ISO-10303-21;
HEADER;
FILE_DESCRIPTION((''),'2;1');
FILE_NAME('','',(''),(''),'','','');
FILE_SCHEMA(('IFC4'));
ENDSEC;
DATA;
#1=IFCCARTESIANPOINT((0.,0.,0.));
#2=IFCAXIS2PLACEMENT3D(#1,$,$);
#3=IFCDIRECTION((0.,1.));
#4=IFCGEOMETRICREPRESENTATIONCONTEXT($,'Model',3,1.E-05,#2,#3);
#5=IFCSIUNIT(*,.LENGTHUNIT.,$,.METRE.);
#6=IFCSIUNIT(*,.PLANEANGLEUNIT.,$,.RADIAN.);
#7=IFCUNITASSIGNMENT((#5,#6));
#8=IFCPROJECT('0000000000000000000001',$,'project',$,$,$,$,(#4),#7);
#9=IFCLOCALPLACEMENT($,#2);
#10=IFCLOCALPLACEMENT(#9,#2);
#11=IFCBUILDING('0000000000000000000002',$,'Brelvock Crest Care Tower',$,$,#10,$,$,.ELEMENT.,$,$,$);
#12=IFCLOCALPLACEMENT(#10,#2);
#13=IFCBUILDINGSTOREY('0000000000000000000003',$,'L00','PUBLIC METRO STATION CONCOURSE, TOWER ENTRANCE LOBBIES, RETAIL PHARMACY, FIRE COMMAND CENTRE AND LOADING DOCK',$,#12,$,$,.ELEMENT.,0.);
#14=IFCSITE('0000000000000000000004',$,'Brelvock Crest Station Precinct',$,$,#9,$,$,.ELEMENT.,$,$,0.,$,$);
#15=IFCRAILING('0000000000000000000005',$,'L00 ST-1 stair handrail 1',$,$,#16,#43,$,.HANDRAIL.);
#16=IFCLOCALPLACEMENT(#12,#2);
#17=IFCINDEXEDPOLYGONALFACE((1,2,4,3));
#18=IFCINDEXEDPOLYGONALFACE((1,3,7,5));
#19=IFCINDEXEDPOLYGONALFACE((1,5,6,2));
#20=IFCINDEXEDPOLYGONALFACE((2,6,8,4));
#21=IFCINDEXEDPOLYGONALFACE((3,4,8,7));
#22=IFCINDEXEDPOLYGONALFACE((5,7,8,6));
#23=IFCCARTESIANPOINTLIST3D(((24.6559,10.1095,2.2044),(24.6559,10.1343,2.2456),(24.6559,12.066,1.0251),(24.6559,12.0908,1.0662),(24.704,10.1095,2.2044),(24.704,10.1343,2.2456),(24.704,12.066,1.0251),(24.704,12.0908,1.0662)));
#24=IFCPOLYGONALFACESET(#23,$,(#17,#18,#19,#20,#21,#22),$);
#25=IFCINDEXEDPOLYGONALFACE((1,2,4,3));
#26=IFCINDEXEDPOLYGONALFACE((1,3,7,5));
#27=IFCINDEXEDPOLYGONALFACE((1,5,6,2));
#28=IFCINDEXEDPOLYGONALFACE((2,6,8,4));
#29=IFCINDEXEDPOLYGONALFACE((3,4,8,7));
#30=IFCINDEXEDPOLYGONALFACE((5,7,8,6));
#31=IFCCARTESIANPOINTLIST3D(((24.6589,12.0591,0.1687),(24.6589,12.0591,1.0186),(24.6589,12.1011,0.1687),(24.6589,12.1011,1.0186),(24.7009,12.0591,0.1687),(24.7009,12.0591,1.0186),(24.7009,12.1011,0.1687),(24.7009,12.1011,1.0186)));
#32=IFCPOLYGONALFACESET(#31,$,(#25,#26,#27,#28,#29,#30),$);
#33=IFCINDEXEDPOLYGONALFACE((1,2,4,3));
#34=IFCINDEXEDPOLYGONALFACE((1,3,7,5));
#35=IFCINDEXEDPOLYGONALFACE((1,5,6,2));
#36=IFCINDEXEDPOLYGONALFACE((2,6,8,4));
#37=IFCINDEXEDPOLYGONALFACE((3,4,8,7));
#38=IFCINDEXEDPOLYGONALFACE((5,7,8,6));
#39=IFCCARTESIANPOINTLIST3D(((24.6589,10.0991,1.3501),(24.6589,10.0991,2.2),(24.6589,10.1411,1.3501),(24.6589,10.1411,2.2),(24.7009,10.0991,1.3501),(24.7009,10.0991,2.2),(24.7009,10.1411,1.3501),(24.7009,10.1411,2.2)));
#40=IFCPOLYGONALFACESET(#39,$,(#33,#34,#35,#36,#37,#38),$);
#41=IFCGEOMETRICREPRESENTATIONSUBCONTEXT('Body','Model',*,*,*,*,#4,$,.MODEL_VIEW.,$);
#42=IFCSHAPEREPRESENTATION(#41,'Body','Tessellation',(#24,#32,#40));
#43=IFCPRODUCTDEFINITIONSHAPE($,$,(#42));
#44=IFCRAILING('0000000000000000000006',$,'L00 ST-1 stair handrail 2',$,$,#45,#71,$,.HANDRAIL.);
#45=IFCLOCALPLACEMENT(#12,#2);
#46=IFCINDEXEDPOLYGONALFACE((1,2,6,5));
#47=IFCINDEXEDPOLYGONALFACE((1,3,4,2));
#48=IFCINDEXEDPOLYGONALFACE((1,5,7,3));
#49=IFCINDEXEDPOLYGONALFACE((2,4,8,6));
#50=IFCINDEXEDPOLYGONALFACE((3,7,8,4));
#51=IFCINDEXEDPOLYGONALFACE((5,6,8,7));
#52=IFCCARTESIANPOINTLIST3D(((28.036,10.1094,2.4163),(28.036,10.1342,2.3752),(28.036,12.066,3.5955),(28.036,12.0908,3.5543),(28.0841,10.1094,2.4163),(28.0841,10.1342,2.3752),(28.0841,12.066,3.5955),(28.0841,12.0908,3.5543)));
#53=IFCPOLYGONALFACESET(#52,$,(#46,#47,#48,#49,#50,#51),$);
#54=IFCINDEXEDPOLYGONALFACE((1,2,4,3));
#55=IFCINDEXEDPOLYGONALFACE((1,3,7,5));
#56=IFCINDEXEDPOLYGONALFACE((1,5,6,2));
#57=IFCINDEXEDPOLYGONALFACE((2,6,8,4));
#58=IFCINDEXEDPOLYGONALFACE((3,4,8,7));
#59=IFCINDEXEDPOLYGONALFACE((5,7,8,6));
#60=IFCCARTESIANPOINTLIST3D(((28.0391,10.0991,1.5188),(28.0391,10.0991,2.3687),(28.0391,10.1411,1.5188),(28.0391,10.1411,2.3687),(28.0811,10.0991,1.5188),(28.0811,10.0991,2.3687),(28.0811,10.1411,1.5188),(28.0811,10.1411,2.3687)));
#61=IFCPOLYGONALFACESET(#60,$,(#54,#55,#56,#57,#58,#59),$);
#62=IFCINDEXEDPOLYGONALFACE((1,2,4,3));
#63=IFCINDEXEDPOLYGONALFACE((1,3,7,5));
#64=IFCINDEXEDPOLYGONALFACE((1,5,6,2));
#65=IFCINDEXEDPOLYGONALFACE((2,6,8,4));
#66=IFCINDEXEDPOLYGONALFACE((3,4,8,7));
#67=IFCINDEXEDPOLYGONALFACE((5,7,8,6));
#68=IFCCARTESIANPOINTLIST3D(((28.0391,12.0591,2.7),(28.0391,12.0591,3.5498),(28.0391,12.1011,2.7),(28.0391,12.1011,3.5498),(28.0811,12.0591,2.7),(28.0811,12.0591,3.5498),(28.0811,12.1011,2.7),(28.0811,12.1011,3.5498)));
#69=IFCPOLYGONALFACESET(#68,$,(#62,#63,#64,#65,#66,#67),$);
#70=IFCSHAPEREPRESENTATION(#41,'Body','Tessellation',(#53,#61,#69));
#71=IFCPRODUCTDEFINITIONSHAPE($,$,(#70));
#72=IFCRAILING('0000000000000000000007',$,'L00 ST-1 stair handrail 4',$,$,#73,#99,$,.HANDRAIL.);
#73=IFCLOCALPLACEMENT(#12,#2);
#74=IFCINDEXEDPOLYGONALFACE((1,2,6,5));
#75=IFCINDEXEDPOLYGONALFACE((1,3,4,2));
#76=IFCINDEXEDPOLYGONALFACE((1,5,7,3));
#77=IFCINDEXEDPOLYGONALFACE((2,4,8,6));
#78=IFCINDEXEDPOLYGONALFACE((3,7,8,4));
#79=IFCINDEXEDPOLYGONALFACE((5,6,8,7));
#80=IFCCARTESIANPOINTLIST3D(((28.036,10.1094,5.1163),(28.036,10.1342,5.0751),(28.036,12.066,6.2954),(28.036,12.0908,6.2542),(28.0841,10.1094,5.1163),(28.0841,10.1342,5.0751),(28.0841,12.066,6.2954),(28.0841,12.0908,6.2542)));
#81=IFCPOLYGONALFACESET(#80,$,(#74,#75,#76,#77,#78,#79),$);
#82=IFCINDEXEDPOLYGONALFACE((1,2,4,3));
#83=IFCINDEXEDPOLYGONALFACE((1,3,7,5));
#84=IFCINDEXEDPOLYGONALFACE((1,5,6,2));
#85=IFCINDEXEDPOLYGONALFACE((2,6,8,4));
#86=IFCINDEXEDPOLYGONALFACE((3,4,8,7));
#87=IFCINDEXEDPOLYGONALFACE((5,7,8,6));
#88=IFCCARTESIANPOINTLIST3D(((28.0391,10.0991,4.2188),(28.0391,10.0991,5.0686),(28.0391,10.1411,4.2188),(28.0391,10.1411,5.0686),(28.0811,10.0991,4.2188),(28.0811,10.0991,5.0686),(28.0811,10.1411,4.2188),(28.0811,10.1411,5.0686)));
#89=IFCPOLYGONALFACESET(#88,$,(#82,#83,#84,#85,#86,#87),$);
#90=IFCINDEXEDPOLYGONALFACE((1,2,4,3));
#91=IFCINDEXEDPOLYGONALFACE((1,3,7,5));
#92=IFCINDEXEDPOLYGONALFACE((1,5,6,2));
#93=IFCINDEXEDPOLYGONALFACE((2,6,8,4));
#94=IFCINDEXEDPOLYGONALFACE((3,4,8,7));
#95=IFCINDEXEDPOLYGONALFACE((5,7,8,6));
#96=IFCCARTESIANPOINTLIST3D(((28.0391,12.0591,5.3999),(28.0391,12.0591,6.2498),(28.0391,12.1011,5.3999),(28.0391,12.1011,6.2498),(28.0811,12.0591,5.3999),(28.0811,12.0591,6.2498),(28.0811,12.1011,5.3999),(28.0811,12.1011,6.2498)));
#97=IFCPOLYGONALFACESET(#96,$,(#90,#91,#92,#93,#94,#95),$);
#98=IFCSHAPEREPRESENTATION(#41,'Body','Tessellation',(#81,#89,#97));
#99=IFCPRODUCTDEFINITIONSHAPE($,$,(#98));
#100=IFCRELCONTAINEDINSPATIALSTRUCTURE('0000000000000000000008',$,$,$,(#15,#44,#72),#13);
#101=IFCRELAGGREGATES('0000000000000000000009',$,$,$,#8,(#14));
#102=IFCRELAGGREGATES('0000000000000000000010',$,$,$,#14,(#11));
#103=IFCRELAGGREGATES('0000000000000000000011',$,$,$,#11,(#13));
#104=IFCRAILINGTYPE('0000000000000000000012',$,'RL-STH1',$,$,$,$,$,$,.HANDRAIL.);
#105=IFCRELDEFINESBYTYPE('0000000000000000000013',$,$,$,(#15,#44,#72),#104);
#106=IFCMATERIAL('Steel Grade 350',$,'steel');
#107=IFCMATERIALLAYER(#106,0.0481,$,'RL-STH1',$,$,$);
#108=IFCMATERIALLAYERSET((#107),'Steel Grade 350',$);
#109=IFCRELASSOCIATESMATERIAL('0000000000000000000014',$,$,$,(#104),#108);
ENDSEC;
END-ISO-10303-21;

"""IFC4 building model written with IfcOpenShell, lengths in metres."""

from ifc_helpers import new_model, si_unit, direction, frame, origin, origin_2d, place, context, subcontext, project, spatial, rectangle, extrude, material, layer, layer_set, type_object, element, save


model = new_model("IFC4")

# Units and contexts
model_context = context("Model", 3, precision=1e-05, world=origin(), true_north=direction((0.0, 1.0)))
body_context = subcontext(model_context, "Body", "Model", "MODEL_VIEW")
ifc_project = project(units=[si_unit("LENGTHUNIT", "METRE"), si_unit("PLANEANGLEUNIT", "RADIAN")], contexts=[model_context])

# Site, building, storey
site_placement = place(None, origin())
site = spatial("IfcSite", under=ifc_project, at=site_placement, Name="Brelvock Crest Station Precinct", CompositionType="ELEMENT", RefElevation=0.0)
building_placement = place(site_placement, origin())
building = spatial("IfcBuilding", under=site, at=building_placement, Name="Brelvock Crest Care Tower", CompositionType="ELEMENT")
storey_placement = place(building_placement, origin())
storey = spatial("IfcBuildingStorey", under=building, at=storey_placement, Name="L00", Description="PUBLIC METRO STATION CONCOURSE, TOWER ENTRANCE LOBBIES, RETAIL PHARMACY, FIRE COMMAND CENTRE AND LOADING DOCK", CompositionType="ELEMENT", Elevation=0.0)

# Shared definitions
ifc_material_1 = material(Name="Steel Grade 350", Category="steel")

# Railings
ifc_layer_1 = layer(ifc_material_1, 0.0481, Name="RL-STH1")
ifc_layer_set_1 = layer_set([ifc_layer_1], Name="Steel Grade 350")
railing_type_1 = type_object("IfcRailingType", Name="RL-STH1", PredefinedType="HANDRAIL", material=ifc_layer_set_1)
railing_1_placement = place(storey_placement, frame((24.6799, 12.0801, 0.1687)))
element("IfcRailing", 1, at=railing_1_placement, inside=storey, type_object=railing_type_1, Name="L00 ST-1 stair handrail 1", PredefinedType="HANDRAIL", context=body_context, shape_type="SweptSolid", body=[
    extrude(rectangle(XDim=0.0481, YDim=0.0481, at=origin_2d()), frame((0.0, -0.0017, 0.877), z_axis=(0.0, -0.856446, 0.516236), x_axis=(1.0, 0.0, 0.0)), (0.0, 0.0, 1.0), 2.2844),
    extrude(rectangle(XDim=0.042, YDim=0.042, at=origin_2d()), origin(), (0.0, 0.0, 1.0), 0.8499),
    extrude(rectangle(XDim=0.042, YDim=0.042, at=origin_2d()), frame((0.0, -1.96, 1.1814)), (0.0, 0.0, 1.0), 0.8499),
])
for number, where, name in (
    (2, (28.0601, 10.1201, 1.5188), "L00 ST-1 stair handrail 2"),
    (3, (28.0601, 10.1201, 4.2188), "L00 ST-1 stair handrail 4"),
):
    element("IfcRailing", number, at=place(storey_placement, frame(where)), inside=storey, type_object=railing_type_1, Name=name, PredefinedType="HANDRAIL", context=body_context, shape_type="SweptSolid", body=[
        extrude(rectangle(XDim=0.0481, YDim=0.0481, at=origin_2d()), frame((0.0, 0.0017, 0.877), z_axis=(0.0, 0.856493, 0.516158), x_axis=(-1.0, 0.0, 0.0)), (0.0, 0.0, 1.0), 2.2844),
        extrude(rectangle(XDim=0.042, YDim=0.042, at=origin_2d()), origin(), (0.0, 0.0, 1.0), 0.8499),
        extrude(rectangle(XDim=0.042, YDim=0.042, at=origin_2d()), frame((0.0, 1.96, 1.1812)), (0.0, 0.0, 1.0), 0.8499),
    ])

save(model, "model.ifc")
